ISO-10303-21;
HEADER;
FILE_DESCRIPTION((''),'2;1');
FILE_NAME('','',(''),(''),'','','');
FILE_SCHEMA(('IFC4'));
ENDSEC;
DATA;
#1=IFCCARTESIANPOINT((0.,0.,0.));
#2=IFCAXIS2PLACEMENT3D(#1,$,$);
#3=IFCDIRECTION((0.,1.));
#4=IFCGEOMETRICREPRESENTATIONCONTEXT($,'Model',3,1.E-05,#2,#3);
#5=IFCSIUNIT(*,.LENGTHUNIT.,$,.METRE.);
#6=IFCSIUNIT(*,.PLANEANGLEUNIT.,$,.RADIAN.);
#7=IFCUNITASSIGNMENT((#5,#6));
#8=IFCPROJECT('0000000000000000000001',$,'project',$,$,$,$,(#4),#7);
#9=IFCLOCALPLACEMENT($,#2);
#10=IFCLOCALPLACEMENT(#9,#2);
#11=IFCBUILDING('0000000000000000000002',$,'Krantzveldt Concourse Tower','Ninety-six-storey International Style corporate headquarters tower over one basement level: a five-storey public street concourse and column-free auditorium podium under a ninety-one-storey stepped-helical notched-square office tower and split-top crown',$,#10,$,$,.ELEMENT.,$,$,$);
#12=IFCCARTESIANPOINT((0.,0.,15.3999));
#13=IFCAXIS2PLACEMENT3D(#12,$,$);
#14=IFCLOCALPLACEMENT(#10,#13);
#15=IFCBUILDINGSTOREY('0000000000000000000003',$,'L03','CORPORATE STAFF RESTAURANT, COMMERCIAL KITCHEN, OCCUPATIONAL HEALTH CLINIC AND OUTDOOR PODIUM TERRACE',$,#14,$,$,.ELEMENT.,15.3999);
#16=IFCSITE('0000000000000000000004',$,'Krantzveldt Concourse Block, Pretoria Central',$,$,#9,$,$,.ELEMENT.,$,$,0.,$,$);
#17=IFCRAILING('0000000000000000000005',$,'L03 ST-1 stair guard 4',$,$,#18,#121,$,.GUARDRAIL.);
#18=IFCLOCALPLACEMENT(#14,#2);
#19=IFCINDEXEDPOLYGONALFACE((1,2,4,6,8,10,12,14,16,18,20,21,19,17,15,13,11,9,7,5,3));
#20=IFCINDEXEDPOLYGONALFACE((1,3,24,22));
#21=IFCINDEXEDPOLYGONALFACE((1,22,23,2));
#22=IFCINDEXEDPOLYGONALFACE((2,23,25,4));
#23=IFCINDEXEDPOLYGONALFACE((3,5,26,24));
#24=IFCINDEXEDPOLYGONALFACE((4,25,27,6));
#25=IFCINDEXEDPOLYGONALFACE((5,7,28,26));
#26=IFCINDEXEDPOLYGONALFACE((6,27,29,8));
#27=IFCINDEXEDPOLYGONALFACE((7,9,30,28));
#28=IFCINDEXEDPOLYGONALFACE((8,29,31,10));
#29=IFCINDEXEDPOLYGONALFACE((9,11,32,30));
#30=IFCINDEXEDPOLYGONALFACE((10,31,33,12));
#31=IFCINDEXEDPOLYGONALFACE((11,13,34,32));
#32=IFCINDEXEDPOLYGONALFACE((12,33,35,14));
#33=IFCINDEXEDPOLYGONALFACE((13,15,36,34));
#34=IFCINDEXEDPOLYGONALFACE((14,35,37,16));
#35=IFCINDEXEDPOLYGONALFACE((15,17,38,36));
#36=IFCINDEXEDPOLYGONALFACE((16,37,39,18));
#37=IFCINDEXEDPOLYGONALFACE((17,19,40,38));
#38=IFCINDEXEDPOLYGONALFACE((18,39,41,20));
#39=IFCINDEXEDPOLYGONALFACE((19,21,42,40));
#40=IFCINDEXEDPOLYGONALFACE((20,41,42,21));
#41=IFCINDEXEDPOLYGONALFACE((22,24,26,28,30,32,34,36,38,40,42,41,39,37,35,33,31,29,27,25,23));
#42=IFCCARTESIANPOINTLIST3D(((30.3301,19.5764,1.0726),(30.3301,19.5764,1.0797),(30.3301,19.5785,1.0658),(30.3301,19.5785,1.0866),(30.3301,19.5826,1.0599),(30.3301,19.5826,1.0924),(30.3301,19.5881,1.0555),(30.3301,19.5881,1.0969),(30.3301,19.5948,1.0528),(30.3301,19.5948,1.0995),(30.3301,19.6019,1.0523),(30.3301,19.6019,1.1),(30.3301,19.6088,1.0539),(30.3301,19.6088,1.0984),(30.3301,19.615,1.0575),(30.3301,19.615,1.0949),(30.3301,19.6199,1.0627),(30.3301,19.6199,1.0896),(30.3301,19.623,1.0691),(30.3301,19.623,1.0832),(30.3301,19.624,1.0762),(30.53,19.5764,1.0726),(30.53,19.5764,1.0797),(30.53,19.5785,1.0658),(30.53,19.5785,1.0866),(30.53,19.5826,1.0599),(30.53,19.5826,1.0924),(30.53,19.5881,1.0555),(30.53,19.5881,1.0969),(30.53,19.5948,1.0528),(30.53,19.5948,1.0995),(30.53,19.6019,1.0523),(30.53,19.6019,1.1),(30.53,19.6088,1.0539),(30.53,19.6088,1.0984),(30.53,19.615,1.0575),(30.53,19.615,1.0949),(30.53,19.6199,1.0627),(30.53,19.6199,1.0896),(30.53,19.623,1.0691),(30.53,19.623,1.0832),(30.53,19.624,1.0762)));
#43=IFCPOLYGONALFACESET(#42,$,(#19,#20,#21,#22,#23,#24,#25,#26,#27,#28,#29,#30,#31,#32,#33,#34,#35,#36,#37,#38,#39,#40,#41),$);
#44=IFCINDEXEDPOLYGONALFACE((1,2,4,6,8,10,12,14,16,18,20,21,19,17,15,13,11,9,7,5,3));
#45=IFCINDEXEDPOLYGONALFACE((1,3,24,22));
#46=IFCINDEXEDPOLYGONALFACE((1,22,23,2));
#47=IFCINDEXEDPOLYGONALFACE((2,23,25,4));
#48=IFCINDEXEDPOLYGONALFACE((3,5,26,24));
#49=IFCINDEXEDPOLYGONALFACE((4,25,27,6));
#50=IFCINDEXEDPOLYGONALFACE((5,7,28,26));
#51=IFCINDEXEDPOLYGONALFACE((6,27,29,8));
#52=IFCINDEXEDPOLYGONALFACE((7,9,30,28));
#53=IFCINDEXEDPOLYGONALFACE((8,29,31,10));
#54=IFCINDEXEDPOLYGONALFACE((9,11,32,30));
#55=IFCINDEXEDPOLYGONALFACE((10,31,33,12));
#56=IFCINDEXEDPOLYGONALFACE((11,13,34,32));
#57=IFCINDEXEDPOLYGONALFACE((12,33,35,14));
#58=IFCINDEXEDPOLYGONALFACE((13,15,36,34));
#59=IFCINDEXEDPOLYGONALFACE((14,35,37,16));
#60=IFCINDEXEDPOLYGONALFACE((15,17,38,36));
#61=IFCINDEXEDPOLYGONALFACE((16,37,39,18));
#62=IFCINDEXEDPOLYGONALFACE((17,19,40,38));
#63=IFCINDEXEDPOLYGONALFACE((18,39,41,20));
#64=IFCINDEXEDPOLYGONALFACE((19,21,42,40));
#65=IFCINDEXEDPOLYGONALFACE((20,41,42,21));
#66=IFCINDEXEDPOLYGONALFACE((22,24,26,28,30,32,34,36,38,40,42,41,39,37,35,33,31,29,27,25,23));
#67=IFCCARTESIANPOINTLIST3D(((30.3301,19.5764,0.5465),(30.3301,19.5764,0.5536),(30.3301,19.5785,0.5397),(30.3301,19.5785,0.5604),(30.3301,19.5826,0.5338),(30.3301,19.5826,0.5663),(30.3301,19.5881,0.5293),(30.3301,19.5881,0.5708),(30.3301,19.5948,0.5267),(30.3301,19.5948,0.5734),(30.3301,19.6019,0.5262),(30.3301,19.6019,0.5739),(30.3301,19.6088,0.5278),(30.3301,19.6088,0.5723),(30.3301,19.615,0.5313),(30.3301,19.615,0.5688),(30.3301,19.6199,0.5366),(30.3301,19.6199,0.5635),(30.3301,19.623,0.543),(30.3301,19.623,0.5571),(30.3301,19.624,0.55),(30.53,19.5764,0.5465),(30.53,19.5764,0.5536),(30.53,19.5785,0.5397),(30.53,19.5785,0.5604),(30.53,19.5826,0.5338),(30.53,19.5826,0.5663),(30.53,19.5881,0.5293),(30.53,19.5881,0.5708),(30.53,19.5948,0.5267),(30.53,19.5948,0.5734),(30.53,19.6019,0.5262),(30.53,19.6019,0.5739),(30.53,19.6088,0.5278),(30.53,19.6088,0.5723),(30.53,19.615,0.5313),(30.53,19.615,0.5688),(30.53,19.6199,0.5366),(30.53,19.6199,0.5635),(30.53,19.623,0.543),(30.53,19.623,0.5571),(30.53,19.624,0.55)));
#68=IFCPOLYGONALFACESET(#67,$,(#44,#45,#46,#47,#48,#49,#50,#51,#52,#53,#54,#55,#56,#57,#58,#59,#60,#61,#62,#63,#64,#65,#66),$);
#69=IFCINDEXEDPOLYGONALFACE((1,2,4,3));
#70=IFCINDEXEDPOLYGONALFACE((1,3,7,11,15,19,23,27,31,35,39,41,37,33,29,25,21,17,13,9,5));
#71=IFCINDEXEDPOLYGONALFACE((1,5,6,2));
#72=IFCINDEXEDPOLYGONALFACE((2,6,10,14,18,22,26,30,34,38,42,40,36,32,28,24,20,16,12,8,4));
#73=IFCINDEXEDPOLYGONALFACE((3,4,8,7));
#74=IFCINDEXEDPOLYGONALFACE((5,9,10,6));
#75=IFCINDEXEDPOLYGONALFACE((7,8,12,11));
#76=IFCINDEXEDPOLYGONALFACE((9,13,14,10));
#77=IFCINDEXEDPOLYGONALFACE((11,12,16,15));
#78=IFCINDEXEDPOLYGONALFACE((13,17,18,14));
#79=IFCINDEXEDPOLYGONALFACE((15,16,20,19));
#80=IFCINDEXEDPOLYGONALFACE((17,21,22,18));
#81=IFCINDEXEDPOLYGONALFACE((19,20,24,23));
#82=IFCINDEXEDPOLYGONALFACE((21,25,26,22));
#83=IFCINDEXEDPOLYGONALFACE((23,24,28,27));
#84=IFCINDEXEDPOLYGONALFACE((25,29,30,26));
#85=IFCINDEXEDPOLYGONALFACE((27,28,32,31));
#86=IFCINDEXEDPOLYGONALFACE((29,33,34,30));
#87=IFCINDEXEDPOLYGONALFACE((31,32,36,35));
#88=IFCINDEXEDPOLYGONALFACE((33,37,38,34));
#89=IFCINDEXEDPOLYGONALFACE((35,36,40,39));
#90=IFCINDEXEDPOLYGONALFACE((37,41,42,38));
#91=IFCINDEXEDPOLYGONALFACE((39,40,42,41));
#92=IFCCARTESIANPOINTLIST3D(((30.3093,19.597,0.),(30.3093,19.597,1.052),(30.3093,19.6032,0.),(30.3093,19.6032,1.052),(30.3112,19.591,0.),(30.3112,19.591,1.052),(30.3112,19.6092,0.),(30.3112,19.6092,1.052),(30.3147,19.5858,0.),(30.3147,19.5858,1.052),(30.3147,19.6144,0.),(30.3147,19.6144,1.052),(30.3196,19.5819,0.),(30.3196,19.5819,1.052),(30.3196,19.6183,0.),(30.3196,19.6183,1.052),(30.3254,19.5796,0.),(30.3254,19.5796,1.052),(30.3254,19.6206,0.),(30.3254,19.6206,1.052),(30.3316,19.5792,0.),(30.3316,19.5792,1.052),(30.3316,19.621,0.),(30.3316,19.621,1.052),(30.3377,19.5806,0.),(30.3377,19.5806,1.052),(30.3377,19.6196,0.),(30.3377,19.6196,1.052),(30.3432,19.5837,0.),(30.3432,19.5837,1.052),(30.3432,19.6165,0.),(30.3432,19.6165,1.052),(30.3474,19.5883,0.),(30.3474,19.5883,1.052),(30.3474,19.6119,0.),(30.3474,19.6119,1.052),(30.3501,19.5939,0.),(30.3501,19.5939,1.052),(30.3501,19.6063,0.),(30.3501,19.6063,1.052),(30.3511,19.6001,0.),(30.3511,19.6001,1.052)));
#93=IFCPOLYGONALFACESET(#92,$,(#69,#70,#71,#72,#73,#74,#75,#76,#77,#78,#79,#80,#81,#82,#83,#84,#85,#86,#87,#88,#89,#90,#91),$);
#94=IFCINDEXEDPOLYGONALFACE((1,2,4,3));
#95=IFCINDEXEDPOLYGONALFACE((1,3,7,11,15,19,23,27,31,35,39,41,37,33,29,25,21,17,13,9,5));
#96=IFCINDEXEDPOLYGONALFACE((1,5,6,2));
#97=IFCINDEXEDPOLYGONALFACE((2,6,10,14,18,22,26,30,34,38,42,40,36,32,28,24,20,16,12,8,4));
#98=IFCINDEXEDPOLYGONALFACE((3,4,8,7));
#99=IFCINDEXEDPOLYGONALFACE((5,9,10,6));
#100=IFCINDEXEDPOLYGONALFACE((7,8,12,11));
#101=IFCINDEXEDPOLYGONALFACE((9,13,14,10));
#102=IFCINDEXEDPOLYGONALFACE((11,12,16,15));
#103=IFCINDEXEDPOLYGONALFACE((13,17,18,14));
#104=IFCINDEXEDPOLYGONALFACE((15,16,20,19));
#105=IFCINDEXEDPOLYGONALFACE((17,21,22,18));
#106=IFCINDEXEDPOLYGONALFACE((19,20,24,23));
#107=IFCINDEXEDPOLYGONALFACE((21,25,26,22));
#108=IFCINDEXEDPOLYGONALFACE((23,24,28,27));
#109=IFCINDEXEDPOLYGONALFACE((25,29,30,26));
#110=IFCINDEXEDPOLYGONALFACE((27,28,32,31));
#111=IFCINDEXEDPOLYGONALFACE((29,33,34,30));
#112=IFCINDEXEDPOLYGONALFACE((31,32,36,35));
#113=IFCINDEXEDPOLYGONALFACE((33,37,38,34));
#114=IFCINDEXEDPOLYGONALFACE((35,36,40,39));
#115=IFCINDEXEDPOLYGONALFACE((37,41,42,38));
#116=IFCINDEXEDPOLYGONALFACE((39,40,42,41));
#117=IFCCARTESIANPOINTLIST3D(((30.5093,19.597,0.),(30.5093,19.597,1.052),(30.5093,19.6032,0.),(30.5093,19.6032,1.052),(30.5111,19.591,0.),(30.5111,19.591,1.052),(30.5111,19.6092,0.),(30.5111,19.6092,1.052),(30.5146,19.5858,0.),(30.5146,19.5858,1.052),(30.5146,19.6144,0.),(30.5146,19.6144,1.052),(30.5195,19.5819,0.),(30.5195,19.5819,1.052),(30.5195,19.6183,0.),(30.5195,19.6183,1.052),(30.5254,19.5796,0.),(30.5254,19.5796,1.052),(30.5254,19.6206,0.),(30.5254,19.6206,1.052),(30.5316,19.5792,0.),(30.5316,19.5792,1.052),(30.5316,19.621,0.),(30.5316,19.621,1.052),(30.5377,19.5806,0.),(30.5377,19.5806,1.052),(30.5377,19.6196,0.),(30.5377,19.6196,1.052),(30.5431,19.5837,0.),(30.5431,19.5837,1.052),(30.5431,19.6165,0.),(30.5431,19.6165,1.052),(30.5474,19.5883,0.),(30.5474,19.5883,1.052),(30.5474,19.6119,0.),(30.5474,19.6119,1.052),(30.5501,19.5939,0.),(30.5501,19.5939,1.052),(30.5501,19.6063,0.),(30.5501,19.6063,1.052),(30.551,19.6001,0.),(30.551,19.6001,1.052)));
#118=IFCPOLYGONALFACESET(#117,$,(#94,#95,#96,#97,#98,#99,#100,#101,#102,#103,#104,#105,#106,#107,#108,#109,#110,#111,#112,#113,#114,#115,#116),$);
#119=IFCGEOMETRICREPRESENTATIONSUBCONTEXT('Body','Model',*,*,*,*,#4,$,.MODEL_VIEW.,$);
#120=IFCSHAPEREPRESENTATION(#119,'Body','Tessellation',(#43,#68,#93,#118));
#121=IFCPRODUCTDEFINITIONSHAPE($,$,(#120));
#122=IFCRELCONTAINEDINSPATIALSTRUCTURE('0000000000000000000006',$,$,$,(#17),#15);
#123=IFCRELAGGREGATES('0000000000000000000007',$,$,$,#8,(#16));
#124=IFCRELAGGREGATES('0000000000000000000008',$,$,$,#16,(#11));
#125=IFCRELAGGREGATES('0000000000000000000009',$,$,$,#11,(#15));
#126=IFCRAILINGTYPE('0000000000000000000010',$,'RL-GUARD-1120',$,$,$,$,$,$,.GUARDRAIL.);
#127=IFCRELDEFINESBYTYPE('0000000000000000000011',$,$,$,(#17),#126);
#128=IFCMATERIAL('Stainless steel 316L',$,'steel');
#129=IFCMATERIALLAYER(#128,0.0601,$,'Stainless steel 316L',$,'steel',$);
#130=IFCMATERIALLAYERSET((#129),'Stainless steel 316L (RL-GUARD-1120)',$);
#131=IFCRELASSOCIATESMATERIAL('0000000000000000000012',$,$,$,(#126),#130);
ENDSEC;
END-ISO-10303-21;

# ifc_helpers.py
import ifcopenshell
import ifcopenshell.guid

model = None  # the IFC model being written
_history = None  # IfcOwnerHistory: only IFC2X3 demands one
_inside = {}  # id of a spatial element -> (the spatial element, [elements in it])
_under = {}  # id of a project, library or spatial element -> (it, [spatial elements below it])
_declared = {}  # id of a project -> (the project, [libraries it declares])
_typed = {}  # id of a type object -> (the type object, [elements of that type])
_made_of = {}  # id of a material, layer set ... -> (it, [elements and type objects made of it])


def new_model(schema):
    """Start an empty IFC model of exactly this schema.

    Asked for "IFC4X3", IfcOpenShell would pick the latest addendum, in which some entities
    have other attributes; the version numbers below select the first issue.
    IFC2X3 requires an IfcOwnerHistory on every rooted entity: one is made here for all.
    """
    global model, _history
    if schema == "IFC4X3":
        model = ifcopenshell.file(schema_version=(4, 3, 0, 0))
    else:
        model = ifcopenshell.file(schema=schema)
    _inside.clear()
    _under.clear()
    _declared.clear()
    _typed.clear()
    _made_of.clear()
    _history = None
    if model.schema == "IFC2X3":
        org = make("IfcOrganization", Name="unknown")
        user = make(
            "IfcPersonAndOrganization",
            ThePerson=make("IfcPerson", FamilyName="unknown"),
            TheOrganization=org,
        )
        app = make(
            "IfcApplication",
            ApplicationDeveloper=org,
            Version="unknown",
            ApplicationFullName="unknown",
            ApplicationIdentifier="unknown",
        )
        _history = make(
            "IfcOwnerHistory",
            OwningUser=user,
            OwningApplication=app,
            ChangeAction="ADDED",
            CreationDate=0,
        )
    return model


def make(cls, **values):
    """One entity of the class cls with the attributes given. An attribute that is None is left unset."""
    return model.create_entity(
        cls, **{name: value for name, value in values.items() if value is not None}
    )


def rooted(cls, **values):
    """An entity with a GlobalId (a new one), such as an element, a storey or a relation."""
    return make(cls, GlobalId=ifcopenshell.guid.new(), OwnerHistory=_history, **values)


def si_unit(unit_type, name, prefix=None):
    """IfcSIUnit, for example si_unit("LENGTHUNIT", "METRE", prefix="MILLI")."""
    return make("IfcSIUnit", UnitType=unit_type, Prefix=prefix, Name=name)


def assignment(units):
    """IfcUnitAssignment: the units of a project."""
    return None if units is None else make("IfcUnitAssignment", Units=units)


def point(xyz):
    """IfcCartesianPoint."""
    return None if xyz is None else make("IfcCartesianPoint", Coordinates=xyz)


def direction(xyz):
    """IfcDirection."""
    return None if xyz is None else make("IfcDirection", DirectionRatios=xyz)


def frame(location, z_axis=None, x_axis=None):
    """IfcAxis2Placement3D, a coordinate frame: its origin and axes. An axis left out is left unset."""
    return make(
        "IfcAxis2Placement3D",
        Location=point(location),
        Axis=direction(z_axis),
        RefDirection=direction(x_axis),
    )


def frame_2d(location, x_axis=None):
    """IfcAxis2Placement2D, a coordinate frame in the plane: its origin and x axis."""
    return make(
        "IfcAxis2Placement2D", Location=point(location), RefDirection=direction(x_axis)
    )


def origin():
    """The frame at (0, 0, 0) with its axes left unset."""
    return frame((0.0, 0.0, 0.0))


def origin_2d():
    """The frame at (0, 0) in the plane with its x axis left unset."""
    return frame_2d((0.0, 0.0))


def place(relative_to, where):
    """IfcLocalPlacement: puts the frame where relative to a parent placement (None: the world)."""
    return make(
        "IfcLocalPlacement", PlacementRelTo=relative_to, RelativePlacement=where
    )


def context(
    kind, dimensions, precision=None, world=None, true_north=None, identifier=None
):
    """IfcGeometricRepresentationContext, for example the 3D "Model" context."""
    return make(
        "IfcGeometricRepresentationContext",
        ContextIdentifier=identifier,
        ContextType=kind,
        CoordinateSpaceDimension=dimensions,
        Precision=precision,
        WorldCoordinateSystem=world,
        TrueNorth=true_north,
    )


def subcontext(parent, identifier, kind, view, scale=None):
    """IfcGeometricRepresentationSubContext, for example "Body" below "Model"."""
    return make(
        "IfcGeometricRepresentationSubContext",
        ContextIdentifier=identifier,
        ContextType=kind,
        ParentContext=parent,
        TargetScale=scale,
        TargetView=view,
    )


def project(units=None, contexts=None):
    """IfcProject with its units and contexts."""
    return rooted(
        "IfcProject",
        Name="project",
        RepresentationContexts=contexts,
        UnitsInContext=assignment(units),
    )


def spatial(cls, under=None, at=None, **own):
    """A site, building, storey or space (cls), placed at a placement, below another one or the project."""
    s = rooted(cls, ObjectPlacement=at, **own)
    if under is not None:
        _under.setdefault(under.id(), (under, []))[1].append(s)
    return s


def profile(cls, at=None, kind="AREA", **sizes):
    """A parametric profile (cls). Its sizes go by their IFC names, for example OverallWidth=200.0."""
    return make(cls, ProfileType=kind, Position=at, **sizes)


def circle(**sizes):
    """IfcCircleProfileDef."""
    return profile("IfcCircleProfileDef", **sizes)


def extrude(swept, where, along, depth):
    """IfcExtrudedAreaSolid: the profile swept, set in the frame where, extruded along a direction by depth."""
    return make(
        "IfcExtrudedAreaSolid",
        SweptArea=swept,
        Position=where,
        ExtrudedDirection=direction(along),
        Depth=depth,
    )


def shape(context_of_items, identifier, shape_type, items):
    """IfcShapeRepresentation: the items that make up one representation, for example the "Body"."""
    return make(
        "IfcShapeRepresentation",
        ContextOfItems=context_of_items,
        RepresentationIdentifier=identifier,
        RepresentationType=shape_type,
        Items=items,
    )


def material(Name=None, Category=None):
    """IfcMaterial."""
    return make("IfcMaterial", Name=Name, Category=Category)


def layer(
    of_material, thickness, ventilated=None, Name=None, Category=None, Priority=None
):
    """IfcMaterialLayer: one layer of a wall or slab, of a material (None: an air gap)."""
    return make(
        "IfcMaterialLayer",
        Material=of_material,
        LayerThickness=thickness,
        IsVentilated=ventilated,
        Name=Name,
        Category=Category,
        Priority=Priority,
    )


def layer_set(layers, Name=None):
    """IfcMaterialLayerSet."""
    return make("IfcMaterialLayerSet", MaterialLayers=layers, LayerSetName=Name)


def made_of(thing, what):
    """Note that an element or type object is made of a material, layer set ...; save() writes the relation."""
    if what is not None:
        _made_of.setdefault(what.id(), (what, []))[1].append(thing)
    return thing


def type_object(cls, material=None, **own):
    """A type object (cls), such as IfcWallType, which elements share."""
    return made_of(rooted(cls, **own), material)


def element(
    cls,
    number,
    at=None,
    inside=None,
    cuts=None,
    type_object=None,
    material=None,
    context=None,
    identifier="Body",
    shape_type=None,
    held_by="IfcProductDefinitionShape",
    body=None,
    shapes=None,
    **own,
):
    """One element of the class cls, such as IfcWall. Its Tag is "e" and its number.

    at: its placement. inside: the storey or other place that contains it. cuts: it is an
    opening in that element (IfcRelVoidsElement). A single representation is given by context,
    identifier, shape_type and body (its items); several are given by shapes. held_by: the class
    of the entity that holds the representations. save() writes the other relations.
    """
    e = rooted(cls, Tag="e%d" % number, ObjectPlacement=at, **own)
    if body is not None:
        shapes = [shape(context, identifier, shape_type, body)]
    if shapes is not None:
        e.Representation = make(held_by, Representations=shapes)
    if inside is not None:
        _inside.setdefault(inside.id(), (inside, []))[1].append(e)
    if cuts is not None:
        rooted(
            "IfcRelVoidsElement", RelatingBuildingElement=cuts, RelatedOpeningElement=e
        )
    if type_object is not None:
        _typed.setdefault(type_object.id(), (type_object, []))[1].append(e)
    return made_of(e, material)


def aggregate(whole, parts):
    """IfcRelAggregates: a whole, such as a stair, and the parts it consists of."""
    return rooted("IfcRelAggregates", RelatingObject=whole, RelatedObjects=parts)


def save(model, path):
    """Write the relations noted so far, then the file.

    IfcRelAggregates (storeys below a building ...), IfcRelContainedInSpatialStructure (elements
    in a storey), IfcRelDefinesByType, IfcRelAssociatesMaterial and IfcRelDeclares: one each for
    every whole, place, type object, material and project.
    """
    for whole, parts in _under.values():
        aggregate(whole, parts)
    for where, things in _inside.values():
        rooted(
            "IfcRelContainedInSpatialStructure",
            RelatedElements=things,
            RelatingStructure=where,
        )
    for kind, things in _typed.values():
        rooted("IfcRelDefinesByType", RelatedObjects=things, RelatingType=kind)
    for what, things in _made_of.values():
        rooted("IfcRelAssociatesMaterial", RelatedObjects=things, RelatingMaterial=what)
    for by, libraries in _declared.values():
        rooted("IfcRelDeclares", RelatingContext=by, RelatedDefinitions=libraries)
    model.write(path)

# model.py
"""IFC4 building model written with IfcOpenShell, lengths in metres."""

from ifc_helpers import new_model, si_unit, direction, frame, origin, origin_2d, place, context, subcontext, project, spatial, circle, extrude, material, layer, layer_set, type_object, element, save


model = new_model("IFC4")

# Units and contexts
model_context = context("Model", 3, precision=1e-05, world=origin(), true_north=direction((0.0, 1.0)))
body_context = subcontext(model_context, "Body", "Model", "MODEL_VIEW")
ifc_project = project(units=[si_unit("LENGTHUNIT", "METRE"), si_unit("PLANEANGLEUNIT", "RADIAN")], contexts=[model_context])

# Site, building, storey
site_placement = place(None, origin())
site = spatial("IfcSite", under=ifc_project, at=site_placement, Name="Krantzveldt Concourse Block, Pretoria Central", CompositionType="ELEMENT", RefElevation=0.0)
building_placement = place(site_placement, origin())
building = spatial("IfcBuilding", under=site, at=building_placement, Name="Krantzveldt Concourse Tower", Description="Ninety-six-storey International Style corporate headquarters tower over one basement level: a five-storey public street concourse and column-free auditorium podium under a ninety-one-storey stepped-helical notched-square office tower and split-top crown", CompositionType="ELEMENT")
storey_placement = place(building_placement, frame((0.0, 0.0, 15.3999)))
storey = spatial("IfcBuildingStorey", under=building, at=storey_placement, Name="L03", Description="CORPORATE STAFF RESTAURANT, COMMERCIAL KITCHEN, OCCUPATIONAL HEALTH CLINIC AND OUTDOOR PODIUM TERRACE", CompositionType="ELEMENT", Elevation=15.3999)

# Shared definitions
ifc_material_1 = material(Name="Stainless steel 316L", Category="steel")

# Railing
ifc_layer_1 = layer(ifc_material_1, 0.0601, Name="Stainless steel 316L", Category="steel")
ifc_layer_set_1 = layer_set([ifc_layer_1], Name="Stainless steel 316L (RL-GUARD-1120)")
railing_type_1 = type_object("IfcRailingType", Name="RL-GUARD-1120", PredefinedType="GUARDRAIL", material=ifc_layer_set_1)
railing_1_placement = place(storey_placement, frame((30.3301, 19.6001, 0.0)))
element("IfcRailing", 1, at=railing_1_placement, inside=storey, type_object=railing_type_1, Name="L03 ST-1 stair guard 4", PredefinedType="GUARDRAIL", context=body_context, shape_type="SweptSolid", body=[
    extrude(circle(Radius=0.0239, at=origin_2d()), frame((0.0, 0.0, 1.0762), z_axis=(1.0, 0.0, 0.0), x_axis=(0.0, 1.0, 0.0)), (0.0, 0.0, 1.0), 0.2),
    extrude(circle(Radius=0.0239, at=origin_2d()), frame((0.0, 0.0, 0.55), z_axis=(1.0, 0.0, 0.0), x_axis=(0.0, 1.0, 0.0)), (0.0, 0.0, 1.0), 0.2),
    extrude(circle(Radius=0.021, at=origin_2d()), origin(), (0.0, 0.0, 1.0), 1.052),
    extrude(circle(Radius=0.021, at=origin_2d()), frame((0.2, 0.0, 0.0)), (0.0, 0.0, 1.0), 1.052),
])

save(model, "model.ifc")
